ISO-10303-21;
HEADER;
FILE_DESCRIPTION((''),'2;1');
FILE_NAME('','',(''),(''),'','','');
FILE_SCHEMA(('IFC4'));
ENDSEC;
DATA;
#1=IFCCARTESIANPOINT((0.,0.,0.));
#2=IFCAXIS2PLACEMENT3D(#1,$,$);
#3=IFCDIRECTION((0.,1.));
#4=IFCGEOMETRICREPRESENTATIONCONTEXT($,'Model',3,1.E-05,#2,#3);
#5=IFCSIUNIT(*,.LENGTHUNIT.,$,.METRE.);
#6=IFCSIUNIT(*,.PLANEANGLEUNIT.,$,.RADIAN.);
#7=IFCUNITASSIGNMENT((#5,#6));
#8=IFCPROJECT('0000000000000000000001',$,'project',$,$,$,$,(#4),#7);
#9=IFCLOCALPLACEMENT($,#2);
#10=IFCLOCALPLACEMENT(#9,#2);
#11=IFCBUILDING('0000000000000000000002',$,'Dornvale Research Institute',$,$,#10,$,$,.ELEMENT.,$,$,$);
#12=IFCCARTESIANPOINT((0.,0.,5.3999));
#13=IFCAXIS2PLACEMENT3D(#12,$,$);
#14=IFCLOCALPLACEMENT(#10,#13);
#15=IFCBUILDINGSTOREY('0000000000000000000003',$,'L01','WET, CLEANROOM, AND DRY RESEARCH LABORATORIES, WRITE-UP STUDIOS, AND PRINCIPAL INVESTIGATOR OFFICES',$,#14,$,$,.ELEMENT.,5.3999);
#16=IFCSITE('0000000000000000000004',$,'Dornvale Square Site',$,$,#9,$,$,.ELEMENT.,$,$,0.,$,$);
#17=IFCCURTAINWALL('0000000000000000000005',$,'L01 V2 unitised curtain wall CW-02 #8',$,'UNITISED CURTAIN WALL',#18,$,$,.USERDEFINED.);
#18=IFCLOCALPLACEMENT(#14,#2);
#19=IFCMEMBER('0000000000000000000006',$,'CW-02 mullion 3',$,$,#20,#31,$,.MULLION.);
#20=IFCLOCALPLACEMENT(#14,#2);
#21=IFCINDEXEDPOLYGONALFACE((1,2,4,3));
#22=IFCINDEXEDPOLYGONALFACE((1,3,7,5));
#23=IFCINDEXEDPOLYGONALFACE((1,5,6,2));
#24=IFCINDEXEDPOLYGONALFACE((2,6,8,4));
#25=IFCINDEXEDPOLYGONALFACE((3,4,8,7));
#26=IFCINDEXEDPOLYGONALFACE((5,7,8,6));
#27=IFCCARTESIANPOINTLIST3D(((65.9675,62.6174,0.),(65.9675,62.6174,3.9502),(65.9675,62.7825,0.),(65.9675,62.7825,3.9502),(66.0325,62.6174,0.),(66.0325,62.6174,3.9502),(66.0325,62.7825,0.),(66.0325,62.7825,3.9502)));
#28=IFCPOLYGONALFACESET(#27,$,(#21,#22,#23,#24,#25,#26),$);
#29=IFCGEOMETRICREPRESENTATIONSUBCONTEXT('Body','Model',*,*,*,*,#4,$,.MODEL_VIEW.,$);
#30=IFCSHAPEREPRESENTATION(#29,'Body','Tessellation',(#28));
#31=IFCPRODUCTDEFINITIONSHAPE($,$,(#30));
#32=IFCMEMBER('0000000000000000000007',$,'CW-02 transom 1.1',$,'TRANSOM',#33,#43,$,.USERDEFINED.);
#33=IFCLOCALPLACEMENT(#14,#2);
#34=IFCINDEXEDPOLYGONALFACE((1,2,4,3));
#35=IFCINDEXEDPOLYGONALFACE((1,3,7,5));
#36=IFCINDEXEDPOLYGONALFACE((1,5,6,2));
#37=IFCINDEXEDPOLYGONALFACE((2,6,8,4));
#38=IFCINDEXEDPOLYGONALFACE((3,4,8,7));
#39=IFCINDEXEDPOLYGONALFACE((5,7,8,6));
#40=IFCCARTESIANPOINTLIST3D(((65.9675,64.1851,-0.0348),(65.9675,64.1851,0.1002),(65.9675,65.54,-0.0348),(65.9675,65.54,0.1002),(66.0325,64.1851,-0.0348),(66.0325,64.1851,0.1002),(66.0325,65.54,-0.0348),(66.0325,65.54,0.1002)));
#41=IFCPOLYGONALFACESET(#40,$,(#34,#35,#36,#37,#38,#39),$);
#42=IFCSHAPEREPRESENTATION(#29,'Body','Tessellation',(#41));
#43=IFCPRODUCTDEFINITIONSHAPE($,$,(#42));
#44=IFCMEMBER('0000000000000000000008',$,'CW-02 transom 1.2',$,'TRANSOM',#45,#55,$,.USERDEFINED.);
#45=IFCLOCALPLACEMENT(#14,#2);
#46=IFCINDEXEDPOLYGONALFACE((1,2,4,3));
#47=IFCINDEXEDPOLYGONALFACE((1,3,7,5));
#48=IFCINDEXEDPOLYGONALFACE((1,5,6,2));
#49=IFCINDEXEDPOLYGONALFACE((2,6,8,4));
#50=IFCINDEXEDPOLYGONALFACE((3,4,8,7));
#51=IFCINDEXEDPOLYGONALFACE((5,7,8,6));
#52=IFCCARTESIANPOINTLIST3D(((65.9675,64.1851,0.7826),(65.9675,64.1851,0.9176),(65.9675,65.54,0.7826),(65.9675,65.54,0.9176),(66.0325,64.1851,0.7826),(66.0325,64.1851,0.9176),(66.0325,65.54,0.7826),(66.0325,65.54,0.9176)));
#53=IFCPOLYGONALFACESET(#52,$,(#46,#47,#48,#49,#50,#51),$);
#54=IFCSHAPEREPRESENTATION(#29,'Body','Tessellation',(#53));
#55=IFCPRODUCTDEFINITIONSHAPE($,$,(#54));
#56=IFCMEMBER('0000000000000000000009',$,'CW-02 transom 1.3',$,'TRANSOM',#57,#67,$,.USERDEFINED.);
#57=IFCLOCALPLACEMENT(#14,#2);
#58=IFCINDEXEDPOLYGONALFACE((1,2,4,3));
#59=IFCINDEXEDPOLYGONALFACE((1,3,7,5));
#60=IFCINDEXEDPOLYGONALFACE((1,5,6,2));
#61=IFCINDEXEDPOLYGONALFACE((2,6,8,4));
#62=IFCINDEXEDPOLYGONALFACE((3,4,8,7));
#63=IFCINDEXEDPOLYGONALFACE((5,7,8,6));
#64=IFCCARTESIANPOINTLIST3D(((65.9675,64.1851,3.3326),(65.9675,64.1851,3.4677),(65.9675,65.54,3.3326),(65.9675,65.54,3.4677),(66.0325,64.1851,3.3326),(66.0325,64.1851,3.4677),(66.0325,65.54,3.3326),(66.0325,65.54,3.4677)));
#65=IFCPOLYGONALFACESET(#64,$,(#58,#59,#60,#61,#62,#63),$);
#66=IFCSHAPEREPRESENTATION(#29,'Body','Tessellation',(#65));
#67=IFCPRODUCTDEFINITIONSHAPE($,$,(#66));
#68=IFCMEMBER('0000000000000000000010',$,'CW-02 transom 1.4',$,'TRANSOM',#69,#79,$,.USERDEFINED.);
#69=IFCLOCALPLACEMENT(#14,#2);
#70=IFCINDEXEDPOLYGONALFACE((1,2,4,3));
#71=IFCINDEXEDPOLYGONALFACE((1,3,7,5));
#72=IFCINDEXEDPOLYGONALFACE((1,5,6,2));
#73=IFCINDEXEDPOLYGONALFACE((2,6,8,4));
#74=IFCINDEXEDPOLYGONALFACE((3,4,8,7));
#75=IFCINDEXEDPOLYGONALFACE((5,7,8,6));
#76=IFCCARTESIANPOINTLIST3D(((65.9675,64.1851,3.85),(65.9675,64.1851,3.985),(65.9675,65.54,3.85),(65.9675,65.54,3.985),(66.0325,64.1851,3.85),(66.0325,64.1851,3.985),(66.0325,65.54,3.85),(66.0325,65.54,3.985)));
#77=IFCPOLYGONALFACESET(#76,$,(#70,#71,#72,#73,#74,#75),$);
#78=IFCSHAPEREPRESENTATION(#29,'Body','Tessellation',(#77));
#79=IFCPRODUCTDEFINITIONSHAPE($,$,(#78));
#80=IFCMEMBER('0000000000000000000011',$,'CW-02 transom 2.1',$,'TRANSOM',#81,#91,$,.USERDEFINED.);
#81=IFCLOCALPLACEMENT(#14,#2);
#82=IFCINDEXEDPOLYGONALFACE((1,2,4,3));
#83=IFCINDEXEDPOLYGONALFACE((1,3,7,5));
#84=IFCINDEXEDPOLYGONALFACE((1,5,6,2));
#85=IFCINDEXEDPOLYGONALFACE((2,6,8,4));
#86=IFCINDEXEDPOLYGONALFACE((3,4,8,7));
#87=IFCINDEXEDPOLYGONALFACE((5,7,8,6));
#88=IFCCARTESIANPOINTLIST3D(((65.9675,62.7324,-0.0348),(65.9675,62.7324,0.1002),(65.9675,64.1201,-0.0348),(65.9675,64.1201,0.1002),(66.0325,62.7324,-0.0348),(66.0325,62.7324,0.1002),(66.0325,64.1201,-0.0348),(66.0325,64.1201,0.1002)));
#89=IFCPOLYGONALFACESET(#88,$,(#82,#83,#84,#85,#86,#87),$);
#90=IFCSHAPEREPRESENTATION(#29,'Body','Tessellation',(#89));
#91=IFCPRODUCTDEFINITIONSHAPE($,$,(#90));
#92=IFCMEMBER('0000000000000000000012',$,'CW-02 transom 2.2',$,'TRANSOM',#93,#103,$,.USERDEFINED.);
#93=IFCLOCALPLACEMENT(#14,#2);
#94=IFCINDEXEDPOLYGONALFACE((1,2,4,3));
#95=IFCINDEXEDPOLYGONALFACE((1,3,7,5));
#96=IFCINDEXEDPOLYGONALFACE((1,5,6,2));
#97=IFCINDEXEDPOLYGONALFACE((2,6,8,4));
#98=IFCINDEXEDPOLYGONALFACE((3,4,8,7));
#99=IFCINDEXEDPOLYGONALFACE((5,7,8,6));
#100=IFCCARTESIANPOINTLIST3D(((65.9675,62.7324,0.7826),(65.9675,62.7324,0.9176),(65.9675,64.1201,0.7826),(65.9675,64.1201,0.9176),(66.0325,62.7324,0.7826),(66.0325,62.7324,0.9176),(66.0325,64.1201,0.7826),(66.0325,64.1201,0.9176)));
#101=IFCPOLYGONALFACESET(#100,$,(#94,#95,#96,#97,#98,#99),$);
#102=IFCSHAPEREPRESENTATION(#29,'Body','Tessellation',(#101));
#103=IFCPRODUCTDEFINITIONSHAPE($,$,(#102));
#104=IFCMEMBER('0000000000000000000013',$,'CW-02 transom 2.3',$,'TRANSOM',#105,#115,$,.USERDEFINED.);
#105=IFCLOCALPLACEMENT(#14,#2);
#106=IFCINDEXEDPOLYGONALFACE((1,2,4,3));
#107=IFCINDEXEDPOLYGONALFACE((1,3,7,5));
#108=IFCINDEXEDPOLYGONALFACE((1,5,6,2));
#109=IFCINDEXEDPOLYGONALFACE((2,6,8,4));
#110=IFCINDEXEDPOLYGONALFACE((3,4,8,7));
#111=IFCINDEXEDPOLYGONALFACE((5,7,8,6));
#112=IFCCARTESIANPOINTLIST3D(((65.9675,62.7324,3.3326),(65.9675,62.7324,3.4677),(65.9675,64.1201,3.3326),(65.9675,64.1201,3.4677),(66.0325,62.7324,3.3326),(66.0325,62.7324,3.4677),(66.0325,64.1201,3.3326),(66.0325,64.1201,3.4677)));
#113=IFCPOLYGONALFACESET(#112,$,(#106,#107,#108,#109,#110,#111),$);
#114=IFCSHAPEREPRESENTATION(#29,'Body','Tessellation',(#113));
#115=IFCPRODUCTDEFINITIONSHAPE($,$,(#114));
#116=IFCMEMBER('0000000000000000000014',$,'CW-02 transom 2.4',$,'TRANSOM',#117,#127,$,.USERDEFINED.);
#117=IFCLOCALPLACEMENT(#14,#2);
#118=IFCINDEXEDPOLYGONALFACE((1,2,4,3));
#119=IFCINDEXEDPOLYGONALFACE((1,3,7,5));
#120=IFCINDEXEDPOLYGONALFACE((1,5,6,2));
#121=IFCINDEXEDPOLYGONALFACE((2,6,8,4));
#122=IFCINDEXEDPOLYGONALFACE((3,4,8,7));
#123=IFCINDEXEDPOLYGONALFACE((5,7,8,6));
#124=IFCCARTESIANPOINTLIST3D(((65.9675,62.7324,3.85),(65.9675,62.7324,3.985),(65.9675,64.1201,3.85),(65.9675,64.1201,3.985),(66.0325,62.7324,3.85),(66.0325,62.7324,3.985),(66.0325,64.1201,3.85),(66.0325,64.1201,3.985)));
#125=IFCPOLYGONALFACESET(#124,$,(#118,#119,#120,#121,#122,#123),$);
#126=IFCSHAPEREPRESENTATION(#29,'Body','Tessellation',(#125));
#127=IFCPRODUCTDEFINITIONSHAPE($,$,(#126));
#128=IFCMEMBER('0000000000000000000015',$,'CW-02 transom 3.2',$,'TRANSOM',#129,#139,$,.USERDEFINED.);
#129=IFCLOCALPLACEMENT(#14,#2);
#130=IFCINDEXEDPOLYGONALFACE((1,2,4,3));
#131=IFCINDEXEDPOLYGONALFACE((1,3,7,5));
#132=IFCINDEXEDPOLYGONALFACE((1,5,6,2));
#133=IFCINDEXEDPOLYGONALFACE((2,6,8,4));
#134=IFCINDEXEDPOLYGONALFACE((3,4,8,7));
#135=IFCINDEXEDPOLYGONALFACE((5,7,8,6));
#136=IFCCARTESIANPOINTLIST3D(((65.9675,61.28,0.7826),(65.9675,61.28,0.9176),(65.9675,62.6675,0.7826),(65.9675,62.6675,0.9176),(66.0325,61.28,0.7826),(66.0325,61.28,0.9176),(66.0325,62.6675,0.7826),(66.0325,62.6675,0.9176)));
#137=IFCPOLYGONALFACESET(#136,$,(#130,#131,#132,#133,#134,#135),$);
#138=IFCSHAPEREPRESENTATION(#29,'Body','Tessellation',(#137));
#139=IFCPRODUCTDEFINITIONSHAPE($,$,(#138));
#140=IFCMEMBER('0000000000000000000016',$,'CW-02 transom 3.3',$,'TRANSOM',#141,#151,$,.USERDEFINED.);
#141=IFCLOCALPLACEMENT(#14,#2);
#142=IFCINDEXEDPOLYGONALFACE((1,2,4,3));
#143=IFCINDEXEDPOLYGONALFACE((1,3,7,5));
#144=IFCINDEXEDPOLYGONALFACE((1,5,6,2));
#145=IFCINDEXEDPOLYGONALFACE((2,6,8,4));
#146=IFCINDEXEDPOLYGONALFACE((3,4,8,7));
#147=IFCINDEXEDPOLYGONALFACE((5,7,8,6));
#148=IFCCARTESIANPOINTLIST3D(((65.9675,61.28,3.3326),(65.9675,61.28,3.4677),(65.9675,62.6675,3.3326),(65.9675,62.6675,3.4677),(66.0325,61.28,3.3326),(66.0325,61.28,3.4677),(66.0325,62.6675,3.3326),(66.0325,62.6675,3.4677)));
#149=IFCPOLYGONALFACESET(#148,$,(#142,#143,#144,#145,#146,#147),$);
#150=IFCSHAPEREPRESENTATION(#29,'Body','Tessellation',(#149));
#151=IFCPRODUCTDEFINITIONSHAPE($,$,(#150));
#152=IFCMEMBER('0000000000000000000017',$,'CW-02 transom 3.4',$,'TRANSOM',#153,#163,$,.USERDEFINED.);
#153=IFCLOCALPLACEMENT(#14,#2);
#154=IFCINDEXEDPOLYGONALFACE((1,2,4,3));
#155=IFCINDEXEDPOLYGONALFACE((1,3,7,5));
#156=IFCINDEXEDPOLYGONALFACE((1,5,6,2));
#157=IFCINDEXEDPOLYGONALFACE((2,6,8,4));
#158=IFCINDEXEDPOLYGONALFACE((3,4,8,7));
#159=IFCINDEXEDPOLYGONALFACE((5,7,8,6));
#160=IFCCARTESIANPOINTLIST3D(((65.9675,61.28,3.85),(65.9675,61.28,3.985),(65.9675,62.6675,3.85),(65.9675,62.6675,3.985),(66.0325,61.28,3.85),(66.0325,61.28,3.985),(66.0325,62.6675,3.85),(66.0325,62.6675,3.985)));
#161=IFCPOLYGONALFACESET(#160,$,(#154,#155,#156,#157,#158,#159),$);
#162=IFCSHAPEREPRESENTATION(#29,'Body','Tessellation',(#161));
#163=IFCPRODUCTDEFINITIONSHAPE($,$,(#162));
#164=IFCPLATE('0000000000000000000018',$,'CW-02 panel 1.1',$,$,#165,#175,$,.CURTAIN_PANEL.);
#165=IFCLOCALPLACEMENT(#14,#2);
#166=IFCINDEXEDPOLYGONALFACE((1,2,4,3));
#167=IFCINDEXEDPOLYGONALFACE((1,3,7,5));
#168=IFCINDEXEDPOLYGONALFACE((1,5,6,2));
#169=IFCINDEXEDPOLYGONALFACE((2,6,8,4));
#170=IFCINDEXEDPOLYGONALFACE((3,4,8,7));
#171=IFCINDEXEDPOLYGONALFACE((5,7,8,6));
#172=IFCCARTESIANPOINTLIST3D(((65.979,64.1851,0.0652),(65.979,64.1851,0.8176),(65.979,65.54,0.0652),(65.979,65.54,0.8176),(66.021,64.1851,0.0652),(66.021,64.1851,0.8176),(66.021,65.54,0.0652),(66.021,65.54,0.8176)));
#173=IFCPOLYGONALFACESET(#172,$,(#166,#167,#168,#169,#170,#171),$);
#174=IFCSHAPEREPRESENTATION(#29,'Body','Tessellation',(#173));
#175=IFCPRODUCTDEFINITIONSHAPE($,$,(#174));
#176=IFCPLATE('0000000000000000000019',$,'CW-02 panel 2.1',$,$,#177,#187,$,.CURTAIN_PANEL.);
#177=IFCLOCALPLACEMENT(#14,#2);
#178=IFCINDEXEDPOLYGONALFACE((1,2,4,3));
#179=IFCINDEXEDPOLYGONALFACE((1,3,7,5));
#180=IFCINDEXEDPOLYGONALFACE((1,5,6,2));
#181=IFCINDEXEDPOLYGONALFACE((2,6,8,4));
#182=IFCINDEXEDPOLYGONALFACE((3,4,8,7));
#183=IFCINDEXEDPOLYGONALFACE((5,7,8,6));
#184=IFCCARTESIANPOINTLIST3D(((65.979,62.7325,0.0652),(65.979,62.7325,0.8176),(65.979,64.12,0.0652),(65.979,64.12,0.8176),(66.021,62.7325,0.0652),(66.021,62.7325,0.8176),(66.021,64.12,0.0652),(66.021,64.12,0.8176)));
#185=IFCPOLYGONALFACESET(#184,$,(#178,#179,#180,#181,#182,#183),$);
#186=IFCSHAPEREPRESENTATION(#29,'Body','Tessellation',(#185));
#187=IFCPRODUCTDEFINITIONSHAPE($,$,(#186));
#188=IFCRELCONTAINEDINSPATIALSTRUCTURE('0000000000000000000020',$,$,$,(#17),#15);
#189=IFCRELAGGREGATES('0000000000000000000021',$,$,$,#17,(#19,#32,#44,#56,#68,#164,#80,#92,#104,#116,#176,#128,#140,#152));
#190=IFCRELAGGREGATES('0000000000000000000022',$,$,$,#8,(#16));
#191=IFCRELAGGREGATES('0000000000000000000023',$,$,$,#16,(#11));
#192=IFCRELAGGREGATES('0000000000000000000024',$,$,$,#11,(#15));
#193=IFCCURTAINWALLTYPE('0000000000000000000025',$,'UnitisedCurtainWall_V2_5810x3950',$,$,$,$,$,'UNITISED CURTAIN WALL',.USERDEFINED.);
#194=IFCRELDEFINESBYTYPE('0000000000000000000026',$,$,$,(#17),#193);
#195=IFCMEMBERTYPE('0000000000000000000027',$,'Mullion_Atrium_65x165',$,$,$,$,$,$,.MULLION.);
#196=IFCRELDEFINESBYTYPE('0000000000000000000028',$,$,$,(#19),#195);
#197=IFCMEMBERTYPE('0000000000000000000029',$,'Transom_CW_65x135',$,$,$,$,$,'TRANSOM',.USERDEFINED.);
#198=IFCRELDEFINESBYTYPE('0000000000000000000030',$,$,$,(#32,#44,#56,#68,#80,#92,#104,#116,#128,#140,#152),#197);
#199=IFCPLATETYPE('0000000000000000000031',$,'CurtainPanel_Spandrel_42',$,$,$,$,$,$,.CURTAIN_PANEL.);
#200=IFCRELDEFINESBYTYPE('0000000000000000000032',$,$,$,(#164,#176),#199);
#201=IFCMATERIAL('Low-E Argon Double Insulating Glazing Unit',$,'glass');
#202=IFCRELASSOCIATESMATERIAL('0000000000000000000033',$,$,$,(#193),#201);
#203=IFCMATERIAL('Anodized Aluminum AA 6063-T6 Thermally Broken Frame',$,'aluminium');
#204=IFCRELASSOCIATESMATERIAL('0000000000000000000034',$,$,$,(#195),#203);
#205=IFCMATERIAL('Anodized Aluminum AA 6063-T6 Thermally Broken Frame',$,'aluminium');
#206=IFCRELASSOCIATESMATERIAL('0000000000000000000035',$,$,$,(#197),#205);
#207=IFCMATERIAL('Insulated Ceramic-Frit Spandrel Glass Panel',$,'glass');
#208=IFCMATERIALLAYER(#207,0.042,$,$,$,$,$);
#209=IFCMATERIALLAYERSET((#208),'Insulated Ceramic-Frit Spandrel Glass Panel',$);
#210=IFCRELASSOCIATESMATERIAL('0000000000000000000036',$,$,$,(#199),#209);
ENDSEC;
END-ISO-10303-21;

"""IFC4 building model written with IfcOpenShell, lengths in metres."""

from ifc_helpers import new_model, si_unit, direction, frame, origin, origin_2d, place, context, subcontext, project, spatial, rectangle, extrude, material, layer, layer_set, material_profile, profile_set, type_object, element, aggregate, save


model = new_model("IFC4")

# Units and contexts
model_context = context("Model", 3, precision=1e-05, world=origin(), true_north=direction((0.0, 1.0)))
body_context = subcontext(model_context, "Body", "Model", "MODEL_VIEW")
ifc_project = project(units=[si_unit("LENGTHUNIT", "METRE"), si_unit("PLANEANGLEUNIT", "RADIAN")], contexts=[model_context])

# Site, building, storey
site_placement = place(None, origin())
site = spatial("IfcSite", under=ifc_project, at=site_placement, Name="Dornvale Square Site", CompositionType="ELEMENT", RefElevation=0.0)
building_placement = place(site_placement, origin())
building = spatial("IfcBuilding", under=site, at=building_placement, Name="Dornvale Research Institute", CompositionType="ELEMENT")
storey_placement = place(building_placement, frame((0.0, 0.0, 5.3999)))
storey = spatial("IfcBuildingStorey", under=building, at=storey_placement, Name="L01", Description="WET, CLEANROOM, AND DRY RESEARCH LABORATORIES, WRITE-UP STUDIOS, AND PRINCIPAL INVESTIGATOR OFFICES", CompositionType="ELEMENT", Elevation=5.3999)

# Curtain wall, members, plates
ifc_material_1 = material(Name="Low-E Argon Double Insulating Glazing Unit", Category="glass")
curtain_wall_type = type_object("IfcCurtainWallType", Name="UnitisedCurtainWall_V2_5810x3950", ElementType="UNITISED CURTAIN WALL", PredefinedType="USERDEFINED", material=ifc_material_1)
curtain_wall_placement = place(storey_placement, origin())
curtain_wall = element("IfcCurtainWall", 1, at=curtain_wall_placement, inside=storey, type_object=curtain_wall_type, Name="L01 V2 unitised curtain wall CW-02 #8", ObjectType="UNITISED CURTAIN WALL", PredefinedType="USERDEFINED")
ifc_material_2 = material(Name="Anodized Aluminum AA 6063-T6 Thermally Broken Frame", Category="aluminium")
ifc_material_profile_1 = material_profile(ifc_material_2, rectangle(XDim=0.0649, YDim=0.165, at=origin_2d()), Name="ALU MULLION 65x165")
ifc_profile_set_1 = profile_set([ifc_material_profile_1], Name="Anodized Aluminum AA 6063-T6 Thermally Broken Frame")
member_type_1 = type_object("IfcMemberType", Name="Mullion_Atrium_65x165", PredefinedType="MULLION", material=ifc_profile_set_1)
member_1_placement = place(storey_placement, frame((66.0, 62.7, 0.0), z_axis=(0.0, 0.0, 1.0), x_axis=(1.0, 0.0, 0.0)))
member_1 = element("IfcMember", 2, at=member_1_placement, type_object=member_type_1, Name="CW-02 mullion 3", PredefinedType="MULLION", context=body_context, shape_type="SweptSolid", body=[
    extrude(rectangle(XDim=0.0649, YDim=0.165, at=origin_2d()), origin(), (0.0, 0.0, 1.0), 3.9502),
])
ifc_material_3 = material(Name="Anodized Aluminum AA 6063-T6 Thermally Broken Frame", Category="aluminium")
ifc_material_profile_2 = material_profile(ifc_material_3, rectangle(XDim=0.0649, YDim=0.135, at=origin_2d()), Name="ALU TRANSOM 65x135")
ifc_profile_set_2 = profile_set([ifc_material_profile_2], Name="Anodized Aluminum AA 6063-T6 Thermally Broken Frame")
member_type_2 = type_object("IfcMemberType", Name="Transom_CW_65x135", ElementType="TRANSOM", PredefinedType="USERDEFINED", material=ifc_profile_set_2)
member_2_placement = place(storey_placement, frame((66.0, 65.54, 0.0327), z_axis=(0.0, -1.0, 0.0), x_axis=(1.0, 0.0, 0.0)))
member_2 = element("IfcMember", 3, at=member_2_placement, type_object=member_type_2, Name="CW-02 transom 1.1", ObjectType="TRANSOM", PredefinedType="USERDEFINED", context=body_context, shape_type="SweptSolid", body=[
    extrude(rectangle(XDim=0.0649, YDim=0.135, at=origin_2d()), origin(), (0.0, 0.0, 1.0), 1.355),
])
member_3_placement = place(storey_placement, frame((66.0, 65.54, 0.8501), z_axis=(0.0, -1.0, 0.0), x_axis=(1.0, 0.0, 0.0)))
member_3 = element("IfcMember", 4, at=member_3_placement, type_object=member_type_2, Name="CW-02 transom 1.2", ObjectType="TRANSOM", PredefinedType="USERDEFINED", context=body_context, shape_type="SweptSolid", body=[
    extrude(rectangle(XDim=0.0649, YDim=0.135, at=origin_2d()), origin(), (0.0, 0.0, 1.0), 1.355),
])
member_4_placement = place(storey_placement, frame((66.0, 65.54, 3.4001), z_axis=(0.0, -1.0, 0.0), x_axis=(1.0, 0.0, 0.0)))
member_4 = element("IfcMember", 5, at=member_4_placement, type_object=member_type_2, Name="CW-02 transom 1.3", ObjectType="TRANSOM", PredefinedType="USERDEFINED", context=body_context, shape_type="SweptSolid", body=[
    extrude(rectangle(XDim=0.0649, YDim=0.135, at=origin_2d()), origin(), (0.0, 0.0, 1.0), 1.355),
])
member_5_placement = place(storey_placement, frame((66.0, 65.54, 3.9175), z_axis=(0.0, -1.0, 0.0), x_axis=(1.0, 0.0, 0.0)))
member_5 = element("IfcMember", 6, at=member_5_placement, type_object=member_type_2, Name="CW-02 transom 1.4", ObjectType="TRANSOM", PredefinedType="USERDEFINED", context=body_context, shape_type="SweptSolid", body=[
    extrude(rectangle(XDim=0.0649, YDim=0.135, at=origin_2d()), origin(), (0.0, 0.0, 1.0), 1.355),
])
member_6_placement = place(storey_placement, frame((66.0, 64.1201, 0.0327), z_axis=(0.0, -1.0, 0.0), x_axis=(1.0, 0.0, 0.0)))
member_6 = element("IfcMember", 7, at=member_6_placement, type_object=member_type_2, Name="CW-02 transom 2.1", ObjectType="TRANSOM", PredefinedType="USERDEFINED", context=body_context, shape_type="SweptSolid", body=[
    extrude(rectangle(XDim=0.0649, YDim=0.135, at=origin_2d()), origin(), (0.0, 0.0, 1.0), 1.3877),
])
member_7_placement = place(storey_placement, frame((66.0, 64.1201, 0.8501), z_axis=(0.0, -1.0, 0.0), x_axis=(1.0, 0.0, 0.0)))
member_7 = element("IfcMember", 8, at=member_7_placement, type_object=member_type_2, Name="CW-02 transom 2.2", ObjectType="TRANSOM", PredefinedType="USERDEFINED", context=body_context, shape_type="SweptSolid", body=[
    extrude(rectangle(XDim=0.0649, YDim=0.135, at=origin_2d()), origin(), (0.0, 0.0, 1.0), 1.3877),
])
member_8_placement = place(storey_placement, frame((66.0, 64.1201, 3.4001), z_axis=(0.0, -1.0, 0.0), x_axis=(1.0, 0.0, 0.0)))
member_8 = element("IfcMember", 9, at=member_8_placement, type_object=member_type_2, Name="CW-02 transom 2.3", ObjectType="TRANSOM", PredefinedType="USERDEFINED", context=body_context, shape_type="SweptSolid", body=[
    extrude(rectangle(XDim=0.0649, YDim=0.135, at=origin_2d()), origin(), (0.0, 0.0, 1.0), 1.3877),
])
member_9_placement = place(storey_placement, frame((66.0, 64.1201, 3.9175), z_axis=(0.0, -1.0, 0.0), x_axis=(1.0, 0.0, 0.0)))
member_9 = element("IfcMember", 10, at=member_9_placement, type_object=member_type_2, Name="CW-02 transom 2.4", ObjectType="TRANSOM", PredefinedType="USERDEFINED", context=body_context, shape_type="SweptSolid", body=[
    extrude(rectangle(XDim=0.0649, YDim=0.135, at=origin_2d()), origin(), (0.0, 0.0, 1.0), 1.3877),
])
member_10_placement = place(storey_placement, frame((66.0, 62.6675, 0.8501), z_axis=(0.0, -1.0, 0.0), x_axis=(1.0, 0.0, 0.0)))
member_10 = element("IfcMember", 11, at=member_10_placement, type_object=member_type_2, Name="CW-02 transom 3.2", ObjectType="TRANSOM", PredefinedType="USERDEFINED", context=body_context, shape_type="SweptSolid", body=[
    extrude(rectangle(XDim=0.0649, YDim=0.135, at=origin_2d()), origin(), (0.0, 0.0, 1.0), 1.3875),
])
member_11_placement = place(storey_placement, frame((66.0, 62.6675, 3.4001), z_axis=(0.0, -1.0, 0.0), x_axis=(1.0, 0.0, 0.0)))
member_11 = element("IfcMember", 12, at=member_11_placement, type_object=member_type_2, Name="CW-02 transom 3.3", ObjectType="TRANSOM", PredefinedType="USERDEFINED", context=body_context, shape_type="SweptSolid", body=[
    extrude(rectangle(XDim=0.0649, YDim=0.135, at=origin_2d()), origin(), (0.0, 0.0, 1.0), 1.3875),
])
member_12_placement = place(storey_placement, frame((66.0, 62.6675, 3.9175), z_axis=(0.0, -1.0, 0.0), x_axis=(1.0, 0.0, 0.0)))
member_12 = element("IfcMember", 13, at=member_12_placement, type_object=member_type_2, Name="CW-02 transom 3.4", ObjectType="TRANSOM", PredefinedType="USERDEFINED", context=body_context, shape_type="SweptSolid", body=[
    extrude(rectangle(XDim=0.0649, YDim=0.135, at=origin_2d()), origin(), (0.0, 0.0, 1.0), 1.3875),
])
ifc_material_4 = material(Name="Insulated Ceramic-Frit Spandrel Glass Panel", Category="glass")
ifc_layer_1 = layer(ifc_material_4, 0.042)
ifc_layer_set_1 = layer_set([ifc_layer_1], Name="Insulated Ceramic-Frit Spandrel Glass Panel")
plate_type_1 = type_object("IfcPlateType", Name="CurtainPanel_Spandrel_42", PredefinedType="CURTAIN_PANEL", material=ifc_layer_set_1)
plate_1_placement = place(storey_placement, frame((66.0, 64.8625, 0.0652), z_axis=(0.0, 0.0, 1.0), x_axis=(0.0, -1.0, 0.0)))
plate_1 = element("IfcPlate", 14, at=plate_1_placement, type_object=plate_type_1, Name="CW-02 panel 1.1", PredefinedType="CURTAIN_PANEL", context=body_context, shape_type="SweptSolid", body=[
    extrude(rectangle(XDim=1.355, YDim=0.042, at=origin_2d()), origin(), (0.0, 0.0, 1.0), 0.7524),
])
plate_2_placement = place(storey_placement, frame((66.0, 63.4263, 0.0652), z_axis=(0.0, 0.0, 1.0), x_axis=(0.0, -1.0, 0.0)))
plate_2 = element("IfcPlate", 15, at=plate_2_placement, type_object=plate_type_1, Name="CW-02 panel 2.1", PredefinedType="CURTAIN_PANEL", context=body_context, shape_type="SweptSolid", body=[
    extrude(rectangle(XDim=1.3875, YDim=0.042, at=origin_2d()), origin(), (0.0, 0.0, 1.0), 0.7524),
])
aggregate(curtain_wall, [member_1, member_2, member_3, member_4, member_5, plate_1, member_6, member_7, member_8, member_9, plate_2, member_10, member_11, member_12])

save(model, "model.ifc")
